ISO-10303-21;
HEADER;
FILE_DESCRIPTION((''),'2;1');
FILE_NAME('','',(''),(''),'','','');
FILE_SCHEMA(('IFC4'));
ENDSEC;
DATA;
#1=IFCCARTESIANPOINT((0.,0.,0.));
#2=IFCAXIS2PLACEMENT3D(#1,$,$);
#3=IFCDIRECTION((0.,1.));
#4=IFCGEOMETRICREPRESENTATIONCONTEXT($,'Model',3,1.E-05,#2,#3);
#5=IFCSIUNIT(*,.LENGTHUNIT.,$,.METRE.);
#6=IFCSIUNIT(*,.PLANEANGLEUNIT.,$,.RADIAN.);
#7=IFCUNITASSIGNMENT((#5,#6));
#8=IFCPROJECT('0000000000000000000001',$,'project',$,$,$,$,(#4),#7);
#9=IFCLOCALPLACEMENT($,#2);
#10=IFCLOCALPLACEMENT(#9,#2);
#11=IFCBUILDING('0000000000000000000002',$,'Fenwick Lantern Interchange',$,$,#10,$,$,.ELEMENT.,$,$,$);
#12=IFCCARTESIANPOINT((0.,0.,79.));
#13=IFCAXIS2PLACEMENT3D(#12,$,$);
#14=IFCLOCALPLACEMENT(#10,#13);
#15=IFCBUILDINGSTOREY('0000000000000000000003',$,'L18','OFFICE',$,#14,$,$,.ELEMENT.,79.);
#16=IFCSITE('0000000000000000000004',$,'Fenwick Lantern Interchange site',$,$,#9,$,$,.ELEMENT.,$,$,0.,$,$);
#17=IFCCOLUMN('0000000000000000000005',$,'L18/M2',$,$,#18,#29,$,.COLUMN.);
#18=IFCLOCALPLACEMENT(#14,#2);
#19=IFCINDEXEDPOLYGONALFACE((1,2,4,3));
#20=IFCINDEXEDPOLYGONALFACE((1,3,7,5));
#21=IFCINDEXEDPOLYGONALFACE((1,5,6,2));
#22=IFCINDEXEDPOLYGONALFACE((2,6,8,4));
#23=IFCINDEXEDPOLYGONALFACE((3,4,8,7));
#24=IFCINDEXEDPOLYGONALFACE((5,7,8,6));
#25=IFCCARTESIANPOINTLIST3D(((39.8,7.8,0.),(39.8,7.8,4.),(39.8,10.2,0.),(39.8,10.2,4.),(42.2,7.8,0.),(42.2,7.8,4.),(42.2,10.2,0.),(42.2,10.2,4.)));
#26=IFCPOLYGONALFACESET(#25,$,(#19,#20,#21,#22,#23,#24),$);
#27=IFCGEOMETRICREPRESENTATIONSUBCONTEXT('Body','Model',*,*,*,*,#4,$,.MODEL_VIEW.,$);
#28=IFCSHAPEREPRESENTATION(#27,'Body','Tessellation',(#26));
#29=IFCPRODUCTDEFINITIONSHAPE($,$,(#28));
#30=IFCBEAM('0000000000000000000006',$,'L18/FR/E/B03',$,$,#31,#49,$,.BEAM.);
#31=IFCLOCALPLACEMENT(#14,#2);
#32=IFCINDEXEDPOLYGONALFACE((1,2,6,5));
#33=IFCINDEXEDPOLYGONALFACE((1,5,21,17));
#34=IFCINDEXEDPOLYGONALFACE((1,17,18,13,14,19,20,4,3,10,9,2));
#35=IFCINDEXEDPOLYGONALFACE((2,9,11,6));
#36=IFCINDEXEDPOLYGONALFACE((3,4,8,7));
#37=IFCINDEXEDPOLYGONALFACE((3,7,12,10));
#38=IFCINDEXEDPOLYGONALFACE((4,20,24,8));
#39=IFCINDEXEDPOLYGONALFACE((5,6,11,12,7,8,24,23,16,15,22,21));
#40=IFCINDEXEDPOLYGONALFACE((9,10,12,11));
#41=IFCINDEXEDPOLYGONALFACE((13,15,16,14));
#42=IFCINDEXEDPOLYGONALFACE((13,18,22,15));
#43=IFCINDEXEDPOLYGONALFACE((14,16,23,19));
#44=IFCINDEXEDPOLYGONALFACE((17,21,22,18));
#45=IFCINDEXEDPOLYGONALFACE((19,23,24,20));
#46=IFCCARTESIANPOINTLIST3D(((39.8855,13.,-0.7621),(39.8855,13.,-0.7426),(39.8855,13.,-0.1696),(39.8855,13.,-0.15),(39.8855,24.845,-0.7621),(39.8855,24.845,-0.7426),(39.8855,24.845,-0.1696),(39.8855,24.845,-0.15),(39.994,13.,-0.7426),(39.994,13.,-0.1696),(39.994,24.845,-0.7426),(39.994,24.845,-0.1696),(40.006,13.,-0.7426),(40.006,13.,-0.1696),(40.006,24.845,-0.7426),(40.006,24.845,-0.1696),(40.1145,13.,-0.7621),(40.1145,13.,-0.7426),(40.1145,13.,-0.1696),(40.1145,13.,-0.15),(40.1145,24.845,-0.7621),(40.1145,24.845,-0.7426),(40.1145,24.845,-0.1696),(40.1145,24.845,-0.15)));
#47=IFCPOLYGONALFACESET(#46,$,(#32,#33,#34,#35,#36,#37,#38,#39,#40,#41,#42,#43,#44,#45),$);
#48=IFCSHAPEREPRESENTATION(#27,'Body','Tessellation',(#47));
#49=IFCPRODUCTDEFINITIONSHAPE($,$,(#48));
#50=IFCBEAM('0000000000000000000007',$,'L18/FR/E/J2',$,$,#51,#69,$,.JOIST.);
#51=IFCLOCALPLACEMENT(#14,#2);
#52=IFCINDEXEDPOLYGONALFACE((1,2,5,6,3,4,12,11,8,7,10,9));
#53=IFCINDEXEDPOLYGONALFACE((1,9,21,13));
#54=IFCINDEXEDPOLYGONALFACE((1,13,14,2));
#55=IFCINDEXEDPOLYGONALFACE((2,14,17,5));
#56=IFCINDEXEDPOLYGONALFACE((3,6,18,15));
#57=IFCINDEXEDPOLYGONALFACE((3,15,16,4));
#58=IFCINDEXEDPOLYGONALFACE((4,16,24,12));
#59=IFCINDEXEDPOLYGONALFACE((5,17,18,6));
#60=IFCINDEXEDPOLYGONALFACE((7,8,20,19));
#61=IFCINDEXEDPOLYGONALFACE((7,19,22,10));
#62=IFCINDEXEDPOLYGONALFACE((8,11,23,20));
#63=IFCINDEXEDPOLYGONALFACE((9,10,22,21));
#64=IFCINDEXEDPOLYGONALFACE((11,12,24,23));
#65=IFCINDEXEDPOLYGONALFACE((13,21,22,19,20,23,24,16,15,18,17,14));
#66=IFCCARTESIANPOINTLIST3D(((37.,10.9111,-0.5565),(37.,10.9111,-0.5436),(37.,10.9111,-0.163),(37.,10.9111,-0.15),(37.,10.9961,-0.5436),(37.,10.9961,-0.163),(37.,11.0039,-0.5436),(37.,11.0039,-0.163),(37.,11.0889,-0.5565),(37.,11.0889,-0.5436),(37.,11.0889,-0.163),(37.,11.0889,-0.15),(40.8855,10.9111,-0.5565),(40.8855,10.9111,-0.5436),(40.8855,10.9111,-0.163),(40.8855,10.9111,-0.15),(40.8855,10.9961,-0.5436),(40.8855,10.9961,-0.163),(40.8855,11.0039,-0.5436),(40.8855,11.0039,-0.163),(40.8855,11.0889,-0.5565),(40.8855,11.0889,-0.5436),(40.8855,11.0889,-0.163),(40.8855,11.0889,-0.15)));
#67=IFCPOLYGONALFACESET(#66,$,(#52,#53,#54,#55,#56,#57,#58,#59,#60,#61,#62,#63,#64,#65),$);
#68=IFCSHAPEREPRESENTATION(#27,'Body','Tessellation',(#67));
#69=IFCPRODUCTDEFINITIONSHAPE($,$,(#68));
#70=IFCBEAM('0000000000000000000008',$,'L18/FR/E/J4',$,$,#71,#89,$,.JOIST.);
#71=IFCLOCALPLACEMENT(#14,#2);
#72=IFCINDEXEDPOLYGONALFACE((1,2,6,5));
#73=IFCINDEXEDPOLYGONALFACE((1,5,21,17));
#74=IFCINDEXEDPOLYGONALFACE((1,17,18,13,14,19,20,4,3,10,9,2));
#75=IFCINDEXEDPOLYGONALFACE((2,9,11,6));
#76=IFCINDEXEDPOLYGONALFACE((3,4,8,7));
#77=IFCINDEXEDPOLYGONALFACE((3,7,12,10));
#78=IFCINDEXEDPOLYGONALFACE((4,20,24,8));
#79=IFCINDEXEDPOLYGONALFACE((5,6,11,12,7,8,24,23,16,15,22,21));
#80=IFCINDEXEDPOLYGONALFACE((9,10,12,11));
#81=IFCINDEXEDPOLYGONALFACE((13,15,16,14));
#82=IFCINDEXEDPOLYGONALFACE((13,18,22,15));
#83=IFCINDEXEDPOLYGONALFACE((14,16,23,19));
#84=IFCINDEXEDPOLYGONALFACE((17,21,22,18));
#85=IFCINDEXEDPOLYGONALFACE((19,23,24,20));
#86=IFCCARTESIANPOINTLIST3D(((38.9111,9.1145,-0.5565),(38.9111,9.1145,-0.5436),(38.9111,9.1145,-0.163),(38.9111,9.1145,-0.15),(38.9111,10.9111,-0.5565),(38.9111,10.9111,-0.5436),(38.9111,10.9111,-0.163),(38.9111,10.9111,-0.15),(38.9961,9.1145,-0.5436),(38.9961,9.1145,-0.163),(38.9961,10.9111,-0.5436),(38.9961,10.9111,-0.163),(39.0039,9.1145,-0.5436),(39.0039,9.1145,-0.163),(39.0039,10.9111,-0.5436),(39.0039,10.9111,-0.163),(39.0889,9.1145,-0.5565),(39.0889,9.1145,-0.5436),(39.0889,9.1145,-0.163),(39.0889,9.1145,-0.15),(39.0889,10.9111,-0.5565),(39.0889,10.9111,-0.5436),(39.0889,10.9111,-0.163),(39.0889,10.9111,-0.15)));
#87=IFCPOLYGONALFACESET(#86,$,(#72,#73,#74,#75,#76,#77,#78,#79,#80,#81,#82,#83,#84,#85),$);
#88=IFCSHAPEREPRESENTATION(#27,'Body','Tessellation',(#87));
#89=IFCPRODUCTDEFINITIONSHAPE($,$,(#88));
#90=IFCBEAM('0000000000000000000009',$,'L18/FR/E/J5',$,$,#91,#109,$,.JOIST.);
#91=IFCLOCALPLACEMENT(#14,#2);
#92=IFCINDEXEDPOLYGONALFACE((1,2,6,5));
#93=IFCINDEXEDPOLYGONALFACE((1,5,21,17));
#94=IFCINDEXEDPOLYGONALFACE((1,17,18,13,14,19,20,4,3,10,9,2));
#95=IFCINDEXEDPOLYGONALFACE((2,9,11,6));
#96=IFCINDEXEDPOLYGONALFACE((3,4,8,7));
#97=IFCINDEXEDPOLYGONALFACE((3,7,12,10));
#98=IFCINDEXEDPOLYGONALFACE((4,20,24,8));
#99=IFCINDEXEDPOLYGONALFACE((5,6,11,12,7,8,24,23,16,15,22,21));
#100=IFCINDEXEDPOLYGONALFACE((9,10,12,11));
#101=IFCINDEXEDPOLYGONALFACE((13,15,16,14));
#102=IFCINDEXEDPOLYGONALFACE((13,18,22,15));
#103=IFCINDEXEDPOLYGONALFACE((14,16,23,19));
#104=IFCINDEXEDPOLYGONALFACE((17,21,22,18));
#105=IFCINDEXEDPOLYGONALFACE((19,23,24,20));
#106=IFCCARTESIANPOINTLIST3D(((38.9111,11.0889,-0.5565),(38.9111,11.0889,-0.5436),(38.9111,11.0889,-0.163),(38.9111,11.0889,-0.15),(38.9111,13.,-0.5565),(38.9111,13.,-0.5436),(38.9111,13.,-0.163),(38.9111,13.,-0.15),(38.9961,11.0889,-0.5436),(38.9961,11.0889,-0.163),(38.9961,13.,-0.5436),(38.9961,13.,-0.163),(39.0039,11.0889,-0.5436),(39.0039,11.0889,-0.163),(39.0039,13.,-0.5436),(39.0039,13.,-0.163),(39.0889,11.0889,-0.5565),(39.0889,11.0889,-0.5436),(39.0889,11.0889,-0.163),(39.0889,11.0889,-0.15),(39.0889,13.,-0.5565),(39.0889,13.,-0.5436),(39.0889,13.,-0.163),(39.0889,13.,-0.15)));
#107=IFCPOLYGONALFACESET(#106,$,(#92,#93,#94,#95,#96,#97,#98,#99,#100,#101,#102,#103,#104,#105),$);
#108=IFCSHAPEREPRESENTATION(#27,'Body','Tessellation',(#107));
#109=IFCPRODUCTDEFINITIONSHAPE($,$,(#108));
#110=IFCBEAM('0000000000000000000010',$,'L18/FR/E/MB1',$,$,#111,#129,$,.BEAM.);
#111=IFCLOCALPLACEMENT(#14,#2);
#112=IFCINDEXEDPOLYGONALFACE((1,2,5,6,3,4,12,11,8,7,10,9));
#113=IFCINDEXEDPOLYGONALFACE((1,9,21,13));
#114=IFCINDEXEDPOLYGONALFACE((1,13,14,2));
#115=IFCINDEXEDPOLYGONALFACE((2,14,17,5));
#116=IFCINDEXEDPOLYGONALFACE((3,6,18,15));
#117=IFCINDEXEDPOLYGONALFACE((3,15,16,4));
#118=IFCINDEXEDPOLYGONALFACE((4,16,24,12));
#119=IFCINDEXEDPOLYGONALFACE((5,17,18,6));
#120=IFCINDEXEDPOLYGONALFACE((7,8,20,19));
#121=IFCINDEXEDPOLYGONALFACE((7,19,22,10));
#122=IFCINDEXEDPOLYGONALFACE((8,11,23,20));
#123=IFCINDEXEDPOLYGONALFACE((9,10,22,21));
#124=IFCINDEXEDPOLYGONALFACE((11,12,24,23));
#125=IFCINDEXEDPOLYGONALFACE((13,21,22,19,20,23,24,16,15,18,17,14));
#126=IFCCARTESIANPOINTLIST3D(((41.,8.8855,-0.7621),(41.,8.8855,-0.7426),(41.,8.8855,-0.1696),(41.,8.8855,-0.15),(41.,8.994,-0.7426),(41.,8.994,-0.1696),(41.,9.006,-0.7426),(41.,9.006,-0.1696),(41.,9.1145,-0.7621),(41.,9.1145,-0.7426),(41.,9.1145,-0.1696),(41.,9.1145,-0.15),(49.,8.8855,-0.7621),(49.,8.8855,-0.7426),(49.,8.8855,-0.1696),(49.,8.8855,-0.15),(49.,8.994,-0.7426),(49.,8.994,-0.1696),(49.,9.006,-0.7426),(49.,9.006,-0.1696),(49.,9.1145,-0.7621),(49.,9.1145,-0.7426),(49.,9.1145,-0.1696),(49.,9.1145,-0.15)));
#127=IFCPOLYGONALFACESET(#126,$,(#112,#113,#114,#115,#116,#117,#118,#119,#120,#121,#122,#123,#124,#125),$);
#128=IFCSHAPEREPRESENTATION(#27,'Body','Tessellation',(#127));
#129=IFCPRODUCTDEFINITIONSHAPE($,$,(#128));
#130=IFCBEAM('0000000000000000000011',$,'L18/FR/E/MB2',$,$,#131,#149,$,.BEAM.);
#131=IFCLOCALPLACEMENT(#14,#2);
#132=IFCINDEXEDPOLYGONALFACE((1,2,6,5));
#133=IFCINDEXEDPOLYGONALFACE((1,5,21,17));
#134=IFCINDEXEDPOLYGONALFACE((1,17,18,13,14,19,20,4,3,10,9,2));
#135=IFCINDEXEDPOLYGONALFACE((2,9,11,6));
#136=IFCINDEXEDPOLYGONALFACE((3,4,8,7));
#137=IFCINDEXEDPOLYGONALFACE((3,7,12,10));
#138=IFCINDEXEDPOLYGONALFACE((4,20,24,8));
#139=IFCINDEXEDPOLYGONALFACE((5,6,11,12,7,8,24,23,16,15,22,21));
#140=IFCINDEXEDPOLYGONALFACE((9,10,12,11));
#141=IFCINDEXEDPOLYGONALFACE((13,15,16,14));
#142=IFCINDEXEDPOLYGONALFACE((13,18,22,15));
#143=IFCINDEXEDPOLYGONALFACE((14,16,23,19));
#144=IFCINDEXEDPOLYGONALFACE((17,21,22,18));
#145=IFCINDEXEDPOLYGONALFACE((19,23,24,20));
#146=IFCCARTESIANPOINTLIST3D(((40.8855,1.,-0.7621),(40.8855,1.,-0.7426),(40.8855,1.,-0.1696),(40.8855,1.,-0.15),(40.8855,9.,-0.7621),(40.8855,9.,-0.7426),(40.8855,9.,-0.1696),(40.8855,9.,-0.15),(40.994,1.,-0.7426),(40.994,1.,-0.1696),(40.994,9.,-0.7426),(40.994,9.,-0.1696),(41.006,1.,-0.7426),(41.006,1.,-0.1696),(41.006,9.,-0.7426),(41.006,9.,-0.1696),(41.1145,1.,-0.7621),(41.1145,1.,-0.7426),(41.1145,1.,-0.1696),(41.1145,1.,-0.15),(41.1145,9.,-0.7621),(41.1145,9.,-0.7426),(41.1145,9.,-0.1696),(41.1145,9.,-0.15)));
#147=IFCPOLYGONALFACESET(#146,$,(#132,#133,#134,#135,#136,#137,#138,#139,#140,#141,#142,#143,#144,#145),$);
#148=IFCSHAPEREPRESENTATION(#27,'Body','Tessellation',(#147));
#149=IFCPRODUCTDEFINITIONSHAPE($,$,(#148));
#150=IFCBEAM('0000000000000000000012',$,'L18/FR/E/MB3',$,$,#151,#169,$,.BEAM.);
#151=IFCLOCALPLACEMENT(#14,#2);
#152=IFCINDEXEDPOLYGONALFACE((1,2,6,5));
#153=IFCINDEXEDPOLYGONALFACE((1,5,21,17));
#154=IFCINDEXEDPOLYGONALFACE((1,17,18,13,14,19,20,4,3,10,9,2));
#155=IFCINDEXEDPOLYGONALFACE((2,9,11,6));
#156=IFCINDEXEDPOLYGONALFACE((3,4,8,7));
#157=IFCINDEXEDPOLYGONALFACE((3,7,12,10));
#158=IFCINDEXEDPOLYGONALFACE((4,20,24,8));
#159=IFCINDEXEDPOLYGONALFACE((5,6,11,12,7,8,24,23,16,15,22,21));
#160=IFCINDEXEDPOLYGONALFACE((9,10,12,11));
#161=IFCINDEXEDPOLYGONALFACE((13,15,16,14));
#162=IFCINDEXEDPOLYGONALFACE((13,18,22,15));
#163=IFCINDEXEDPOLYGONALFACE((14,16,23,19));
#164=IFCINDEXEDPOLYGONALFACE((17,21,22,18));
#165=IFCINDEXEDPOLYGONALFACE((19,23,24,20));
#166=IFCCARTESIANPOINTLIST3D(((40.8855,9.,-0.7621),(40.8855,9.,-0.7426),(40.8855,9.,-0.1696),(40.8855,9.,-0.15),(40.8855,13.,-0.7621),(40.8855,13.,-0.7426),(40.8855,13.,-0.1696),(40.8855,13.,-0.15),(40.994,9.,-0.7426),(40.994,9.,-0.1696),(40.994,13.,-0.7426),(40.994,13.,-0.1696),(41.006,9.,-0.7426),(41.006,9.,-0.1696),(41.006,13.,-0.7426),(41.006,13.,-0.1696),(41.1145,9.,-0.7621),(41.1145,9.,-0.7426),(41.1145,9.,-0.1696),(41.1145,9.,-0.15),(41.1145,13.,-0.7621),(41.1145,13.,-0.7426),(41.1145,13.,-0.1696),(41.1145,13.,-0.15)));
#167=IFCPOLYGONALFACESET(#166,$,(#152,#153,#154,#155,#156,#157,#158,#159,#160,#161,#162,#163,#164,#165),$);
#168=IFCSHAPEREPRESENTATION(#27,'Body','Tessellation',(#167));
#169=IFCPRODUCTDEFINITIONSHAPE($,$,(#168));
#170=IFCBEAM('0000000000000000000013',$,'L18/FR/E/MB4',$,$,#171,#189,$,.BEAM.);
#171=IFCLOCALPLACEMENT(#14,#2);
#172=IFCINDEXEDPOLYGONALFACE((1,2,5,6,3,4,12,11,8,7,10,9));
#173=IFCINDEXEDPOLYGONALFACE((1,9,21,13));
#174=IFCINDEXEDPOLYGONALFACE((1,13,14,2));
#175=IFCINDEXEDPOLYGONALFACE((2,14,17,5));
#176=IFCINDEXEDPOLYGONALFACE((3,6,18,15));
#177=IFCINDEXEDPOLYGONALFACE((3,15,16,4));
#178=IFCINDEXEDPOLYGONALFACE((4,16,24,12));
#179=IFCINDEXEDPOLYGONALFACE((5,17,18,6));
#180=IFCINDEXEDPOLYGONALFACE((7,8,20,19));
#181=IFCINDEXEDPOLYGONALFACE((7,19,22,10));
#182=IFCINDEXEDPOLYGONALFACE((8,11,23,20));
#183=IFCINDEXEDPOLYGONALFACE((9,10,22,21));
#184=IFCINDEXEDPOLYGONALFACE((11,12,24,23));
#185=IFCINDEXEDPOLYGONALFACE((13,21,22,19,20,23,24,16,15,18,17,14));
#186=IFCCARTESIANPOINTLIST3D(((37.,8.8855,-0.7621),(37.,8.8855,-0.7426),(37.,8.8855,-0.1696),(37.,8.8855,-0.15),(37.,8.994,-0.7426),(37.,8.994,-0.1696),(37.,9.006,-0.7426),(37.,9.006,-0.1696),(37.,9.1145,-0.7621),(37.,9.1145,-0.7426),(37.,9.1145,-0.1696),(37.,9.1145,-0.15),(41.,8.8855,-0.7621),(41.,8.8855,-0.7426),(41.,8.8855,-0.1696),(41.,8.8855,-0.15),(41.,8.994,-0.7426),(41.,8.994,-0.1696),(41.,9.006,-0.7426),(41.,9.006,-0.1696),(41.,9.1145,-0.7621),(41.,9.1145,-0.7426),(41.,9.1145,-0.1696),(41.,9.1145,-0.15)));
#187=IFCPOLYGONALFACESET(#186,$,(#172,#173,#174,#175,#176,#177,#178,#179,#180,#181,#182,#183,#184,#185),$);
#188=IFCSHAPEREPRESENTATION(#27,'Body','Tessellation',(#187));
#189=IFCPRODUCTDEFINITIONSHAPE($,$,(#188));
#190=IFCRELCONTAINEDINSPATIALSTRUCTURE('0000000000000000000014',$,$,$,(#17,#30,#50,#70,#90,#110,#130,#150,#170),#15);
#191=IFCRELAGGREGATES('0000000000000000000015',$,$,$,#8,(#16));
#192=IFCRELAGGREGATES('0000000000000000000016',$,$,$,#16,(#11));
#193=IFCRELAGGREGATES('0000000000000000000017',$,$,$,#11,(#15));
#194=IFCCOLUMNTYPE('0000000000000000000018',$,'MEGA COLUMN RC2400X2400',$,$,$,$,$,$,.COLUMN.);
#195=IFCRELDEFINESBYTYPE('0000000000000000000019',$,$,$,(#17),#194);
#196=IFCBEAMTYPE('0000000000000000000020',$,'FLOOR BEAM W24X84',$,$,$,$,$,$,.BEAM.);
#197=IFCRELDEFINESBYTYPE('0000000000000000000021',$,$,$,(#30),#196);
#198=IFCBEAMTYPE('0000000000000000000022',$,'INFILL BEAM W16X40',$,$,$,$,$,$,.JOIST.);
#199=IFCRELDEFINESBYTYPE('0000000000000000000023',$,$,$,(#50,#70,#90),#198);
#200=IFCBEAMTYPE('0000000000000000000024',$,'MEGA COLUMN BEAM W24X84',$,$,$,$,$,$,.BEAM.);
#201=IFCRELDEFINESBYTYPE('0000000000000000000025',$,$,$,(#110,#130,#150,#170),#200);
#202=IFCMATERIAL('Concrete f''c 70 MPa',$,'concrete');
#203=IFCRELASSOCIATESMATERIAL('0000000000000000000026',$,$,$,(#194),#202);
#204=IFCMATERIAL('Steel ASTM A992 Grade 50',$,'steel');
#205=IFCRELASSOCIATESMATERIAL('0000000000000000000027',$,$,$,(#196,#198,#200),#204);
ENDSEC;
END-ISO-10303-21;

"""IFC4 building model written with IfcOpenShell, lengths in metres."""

from ifc_helpers import new_model, si_unit, direction, frame, origin, origin_2d, place, context, subcontext, project, spatial, rectangle, i_section, extrude, material, material_profile, profile_set, type_object, element, save


model = new_model("IFC4")

# Units and contexts
model_context = context("Model", 3, precision=1e-05, world=origin(), true_north=direction((0.0, 1.0)))
body_context = subcontext(model_context, "Body", "Model", "MODEL_VIEW")
ifc_project = project(units=[si_unit("LENGTHUNIT", "METRE"), si_unit("PLANEANGLEUNIT", "RADIAN")], contexts=[model_context])

# Site, building, storey
site_placement = place(None, origin())
site = spatial("IfcSite", under=ifc_project, at=site_placement, Name="Fenwick Lantern Interchange site", CompositionType="ELEMENT", RefElevation=0.0)
building_placement = place(site_placement, origin())
building = spatial("IfcBuilding", under=site, at=building_placement, Name="Fenwick Lantern Interchange", CompositionType="ELEMENT")
storey_placement = place(building_placement, frame((0.0, 0.0, 79.0)))
storey = spatial("IfcBuildingStorey", under=building, at=storey_placement, Name="L18", Description="OFFICE", CompositionType="ELEMENT", Elevation=79.0)

# Column
ifc_material_1 = material(Name="Concrete f'c 70 MPa", Category="concrete")
ifc_material_profile_1 = material_profile(ifc_material_1, rectangle(XDim=2.3999, YDim=2.3999, at=origin_2d()), Name="RC2400X2400")
ifc_profile_set_1 = profile_set([ifc_material_profile_1], Name="Concrete f'c 70 MPa")
column_type = type_object("IfcColumnType", Name="MEGA COLUMN RC2400X2400", PredefinedType="COLUMN", material=ifc_profile_set_1)
column_placement = place(storey_placement, frame((41.0, 9.0, 0.0), z_axis=(0.0, 0.0, 1.0), x_axis=(1.0, 0.0, 0.0)))
element("IfcColumn", 1, at=column_placement, inside=storey, type_object=column_type, Name="L18/M2", PredefinedType="COLUMN", context=body_context, shape_type="SweptSolid", body=[
    extrude(rectangle(XDim=2.3999, YDim=2.3999, at=origin_2d()), origin(), (0.0, 0.0, 1.0), 4.0),
])

# Beams
ifc_material_2 = material(Name="Steel ASTM A992 Grade 50", Category="steel")
ifc_material_profile_2 = material_profile(ifc_material_2, i_section(OverallWidth=0.229, OverallDepth=0.6121, WebThickness=0.012, FlangeThickness=0.0195, at=origin_2d()), Name="W24X84")
ifc_profile_set_2 = profile_set([ifc_material_profile_2], Name="Steel ASTM A992 Grade 50")
beam_type_1 = type_object("IfcBeamType", Name="FLOOR BEAM W24X84", PredefinedType="BEAM", material=ifc_profile_set_2)
beam_1_placement = place(storey_placement, frame((40.0, 13.0, -0.4561), z_axis=(0.0, 1.0, 0.0), x_axis=(-1.0, 0.0, 0.0)))
element("IfcBeam", 2, at=beam_1_placement, inside=storey, type_object=beam_type_1, Name="L18/FR/E/B03", PredefinedType="BEAM", context=body_context, shape_type="SweptSolid", body=[
    extrude(i_section(OverallWidth=0.229, OverallDepth=0.6121, WebThickness=0.012, FlangeThickness=0.0195, at=origin_2d()), origin(), (0.0, 0.0, 1.0), 11.845),
])
ifc_material_profile_3 = material_profile(ifc_material_2, i_section(OverallWidth=0.1777, OverallDepth=0.4065, WebThickness=0.0078, FlangeThickness=0.0129, at=origin_2d()), Name="W16X40")
ifc_profile_set_3 = profile_set([ifc_material_profile_3], Name="Steel ASTM A992 Grade 50")
beam_type_2 = type_object("IfcBeamType", Name="INFILL BEAM W16X40", PredefinedType="JOIST", material=ifc_profile_set_3)
beam_2_placement = place(storey_placement, frame((40.8855, 11.0, -0.3533), z_axis=(-1.0, 0.0, 0.0), x_axis=(0.0, -1.0, 0.0)))
element("IfcBeam", 3, at=beam_2_placement, inside=storey, type_object=beam_type_2, Name="L18/FR/E/J2", PredefinedType="JOIST", context=body_context, shape_type="SweptSolid", body=[
    extrude(i_section(OverallWidth=0.1777, OverallDepth=0.4065, WebThickness=0.0078, FlangeThickness=0.0129, at=origin_2d()), origin(), (0.0, 0.0, 1.0), 3.8855),
])
beam_3_placement = place(storey_placement, frame((39.0, 9.1145, -0.3533), z_axis=(0.0, 1.0, 0.0), x_axis=(-1.0, 0.0, 0.0)))
element("IfcBeam", 4, at=beam_3_placement, inside=storey, type_object=beam_type_2, Name="L18/FR/E/J4", PredefinedType="JOIST", context=body_context, shape_type="SweptSolid", body=[
    extrude(i_section(OverallWidth=0.1777, OverallDepth=0.4065, WebThickness=0.0078, FlangeThickness=0.0129, at=origin_2d()), origin(), (0.0, 0.0, 1.0), 1.7966),
])
beam_4_placement = place(storey_placement, frame((39.0, 11.0889, -0.3533), z_axis=(0.0, 1.0, 0.0), x_axis=(-1.0, 0.0, 0.0)))
element("IfcBeam", 5, at=beam_4_placement, inside=storey, type_object=beam_type_2, Name="L18/FR/E/J5", PredefinedType="JOIST", context=body_context, shape_type="SweptSolid", body=[
    extrude(i_section(OverallWidth=0.1777, OverallDepth=0.4065, WebThickness=0.0078, FlangeThickness=0.0129, at=origin_2d()), origin(), (0.0, 0.0, 1.0), 1.9111),
])
ifc_material_profile_4 = material_profile(ifc_material_2, i_section(OverallWidth=0.229, OverallDepth=0.6121, WebThickness=0.012, FlangeThickness=0.0195, at=origin_2d()), Name="W24X84")
ifc_profile_set_4 = profile_set([ifc_material_profile_4], Name="Steel ASTM A992 Grade 50")
beam_type_3 = type_object("IfcBeamType", Name="MEGA COLUMN BEAM W24X84", PredefinedType="BEAM", material=ifc_profile_set_4)
for number, where, z_axis, x_axis, name in (
    (6, (41.0, 9.0, -0.4561), (1.0, 0.0, 0.0), (0.0, 1.0, 0.0), "L18/FR/E/MB1"),
    (7, (41.0, 9.0, -0.4561), (0.0, -1.0, 0.0), (1.0, 0.0, 0.0), "L18/FR/E/MB2"),
):
    element("IfcBeam", number, at=place(storey_placement, frame(where, z_axis=z_axis, x_axis=x_axis)), inside=storey, type_object=beam_type_3, Name=name, PredefinedType="BEAM", context=body_context, shape_type="SweptSolid", body=[
        extrude(i_section(OverallWidth=0.229, OverallDepth=0.6121, WebThickness=0.012, FlangeThickness=0.0195, at=origin_2d()), origin(), (0.0, 0.0, 1.0), 8.0),
    ])
for number, where, z_axis, x_axis, name in (
    (8, (41.0, 9.0, -0.4561), (0.0, 1.0, 0.0), (-1.0, 0.0, 0.0), "L18/FR/E/MB3"),
    (9, (41.0, 9.0, -0.4561), (-1.0, 0.0, 0.0), (0.0, -1.0, 0.0), "L18/FR/E/MB4"),
):
    element("IfcBeam", number, at=place(storey_placement, frame(where, z_axis=z_axis, x_axis=x_axis)), inside=storey, type_object=beam_type_3, Name=name, PredefinedType="BEAM", context=body_context, shape_type="SweptSolid", body=[
        extrude(i_section(OverallWidth=0.229, OverallDepth=0.6121, WebThickness=0.012, FlangeThickness=0.0195, at=origin_2d()), origin(), (0.0, 0.0, 1.0), 4.0),
    ])

save(model, "model.ifc")
